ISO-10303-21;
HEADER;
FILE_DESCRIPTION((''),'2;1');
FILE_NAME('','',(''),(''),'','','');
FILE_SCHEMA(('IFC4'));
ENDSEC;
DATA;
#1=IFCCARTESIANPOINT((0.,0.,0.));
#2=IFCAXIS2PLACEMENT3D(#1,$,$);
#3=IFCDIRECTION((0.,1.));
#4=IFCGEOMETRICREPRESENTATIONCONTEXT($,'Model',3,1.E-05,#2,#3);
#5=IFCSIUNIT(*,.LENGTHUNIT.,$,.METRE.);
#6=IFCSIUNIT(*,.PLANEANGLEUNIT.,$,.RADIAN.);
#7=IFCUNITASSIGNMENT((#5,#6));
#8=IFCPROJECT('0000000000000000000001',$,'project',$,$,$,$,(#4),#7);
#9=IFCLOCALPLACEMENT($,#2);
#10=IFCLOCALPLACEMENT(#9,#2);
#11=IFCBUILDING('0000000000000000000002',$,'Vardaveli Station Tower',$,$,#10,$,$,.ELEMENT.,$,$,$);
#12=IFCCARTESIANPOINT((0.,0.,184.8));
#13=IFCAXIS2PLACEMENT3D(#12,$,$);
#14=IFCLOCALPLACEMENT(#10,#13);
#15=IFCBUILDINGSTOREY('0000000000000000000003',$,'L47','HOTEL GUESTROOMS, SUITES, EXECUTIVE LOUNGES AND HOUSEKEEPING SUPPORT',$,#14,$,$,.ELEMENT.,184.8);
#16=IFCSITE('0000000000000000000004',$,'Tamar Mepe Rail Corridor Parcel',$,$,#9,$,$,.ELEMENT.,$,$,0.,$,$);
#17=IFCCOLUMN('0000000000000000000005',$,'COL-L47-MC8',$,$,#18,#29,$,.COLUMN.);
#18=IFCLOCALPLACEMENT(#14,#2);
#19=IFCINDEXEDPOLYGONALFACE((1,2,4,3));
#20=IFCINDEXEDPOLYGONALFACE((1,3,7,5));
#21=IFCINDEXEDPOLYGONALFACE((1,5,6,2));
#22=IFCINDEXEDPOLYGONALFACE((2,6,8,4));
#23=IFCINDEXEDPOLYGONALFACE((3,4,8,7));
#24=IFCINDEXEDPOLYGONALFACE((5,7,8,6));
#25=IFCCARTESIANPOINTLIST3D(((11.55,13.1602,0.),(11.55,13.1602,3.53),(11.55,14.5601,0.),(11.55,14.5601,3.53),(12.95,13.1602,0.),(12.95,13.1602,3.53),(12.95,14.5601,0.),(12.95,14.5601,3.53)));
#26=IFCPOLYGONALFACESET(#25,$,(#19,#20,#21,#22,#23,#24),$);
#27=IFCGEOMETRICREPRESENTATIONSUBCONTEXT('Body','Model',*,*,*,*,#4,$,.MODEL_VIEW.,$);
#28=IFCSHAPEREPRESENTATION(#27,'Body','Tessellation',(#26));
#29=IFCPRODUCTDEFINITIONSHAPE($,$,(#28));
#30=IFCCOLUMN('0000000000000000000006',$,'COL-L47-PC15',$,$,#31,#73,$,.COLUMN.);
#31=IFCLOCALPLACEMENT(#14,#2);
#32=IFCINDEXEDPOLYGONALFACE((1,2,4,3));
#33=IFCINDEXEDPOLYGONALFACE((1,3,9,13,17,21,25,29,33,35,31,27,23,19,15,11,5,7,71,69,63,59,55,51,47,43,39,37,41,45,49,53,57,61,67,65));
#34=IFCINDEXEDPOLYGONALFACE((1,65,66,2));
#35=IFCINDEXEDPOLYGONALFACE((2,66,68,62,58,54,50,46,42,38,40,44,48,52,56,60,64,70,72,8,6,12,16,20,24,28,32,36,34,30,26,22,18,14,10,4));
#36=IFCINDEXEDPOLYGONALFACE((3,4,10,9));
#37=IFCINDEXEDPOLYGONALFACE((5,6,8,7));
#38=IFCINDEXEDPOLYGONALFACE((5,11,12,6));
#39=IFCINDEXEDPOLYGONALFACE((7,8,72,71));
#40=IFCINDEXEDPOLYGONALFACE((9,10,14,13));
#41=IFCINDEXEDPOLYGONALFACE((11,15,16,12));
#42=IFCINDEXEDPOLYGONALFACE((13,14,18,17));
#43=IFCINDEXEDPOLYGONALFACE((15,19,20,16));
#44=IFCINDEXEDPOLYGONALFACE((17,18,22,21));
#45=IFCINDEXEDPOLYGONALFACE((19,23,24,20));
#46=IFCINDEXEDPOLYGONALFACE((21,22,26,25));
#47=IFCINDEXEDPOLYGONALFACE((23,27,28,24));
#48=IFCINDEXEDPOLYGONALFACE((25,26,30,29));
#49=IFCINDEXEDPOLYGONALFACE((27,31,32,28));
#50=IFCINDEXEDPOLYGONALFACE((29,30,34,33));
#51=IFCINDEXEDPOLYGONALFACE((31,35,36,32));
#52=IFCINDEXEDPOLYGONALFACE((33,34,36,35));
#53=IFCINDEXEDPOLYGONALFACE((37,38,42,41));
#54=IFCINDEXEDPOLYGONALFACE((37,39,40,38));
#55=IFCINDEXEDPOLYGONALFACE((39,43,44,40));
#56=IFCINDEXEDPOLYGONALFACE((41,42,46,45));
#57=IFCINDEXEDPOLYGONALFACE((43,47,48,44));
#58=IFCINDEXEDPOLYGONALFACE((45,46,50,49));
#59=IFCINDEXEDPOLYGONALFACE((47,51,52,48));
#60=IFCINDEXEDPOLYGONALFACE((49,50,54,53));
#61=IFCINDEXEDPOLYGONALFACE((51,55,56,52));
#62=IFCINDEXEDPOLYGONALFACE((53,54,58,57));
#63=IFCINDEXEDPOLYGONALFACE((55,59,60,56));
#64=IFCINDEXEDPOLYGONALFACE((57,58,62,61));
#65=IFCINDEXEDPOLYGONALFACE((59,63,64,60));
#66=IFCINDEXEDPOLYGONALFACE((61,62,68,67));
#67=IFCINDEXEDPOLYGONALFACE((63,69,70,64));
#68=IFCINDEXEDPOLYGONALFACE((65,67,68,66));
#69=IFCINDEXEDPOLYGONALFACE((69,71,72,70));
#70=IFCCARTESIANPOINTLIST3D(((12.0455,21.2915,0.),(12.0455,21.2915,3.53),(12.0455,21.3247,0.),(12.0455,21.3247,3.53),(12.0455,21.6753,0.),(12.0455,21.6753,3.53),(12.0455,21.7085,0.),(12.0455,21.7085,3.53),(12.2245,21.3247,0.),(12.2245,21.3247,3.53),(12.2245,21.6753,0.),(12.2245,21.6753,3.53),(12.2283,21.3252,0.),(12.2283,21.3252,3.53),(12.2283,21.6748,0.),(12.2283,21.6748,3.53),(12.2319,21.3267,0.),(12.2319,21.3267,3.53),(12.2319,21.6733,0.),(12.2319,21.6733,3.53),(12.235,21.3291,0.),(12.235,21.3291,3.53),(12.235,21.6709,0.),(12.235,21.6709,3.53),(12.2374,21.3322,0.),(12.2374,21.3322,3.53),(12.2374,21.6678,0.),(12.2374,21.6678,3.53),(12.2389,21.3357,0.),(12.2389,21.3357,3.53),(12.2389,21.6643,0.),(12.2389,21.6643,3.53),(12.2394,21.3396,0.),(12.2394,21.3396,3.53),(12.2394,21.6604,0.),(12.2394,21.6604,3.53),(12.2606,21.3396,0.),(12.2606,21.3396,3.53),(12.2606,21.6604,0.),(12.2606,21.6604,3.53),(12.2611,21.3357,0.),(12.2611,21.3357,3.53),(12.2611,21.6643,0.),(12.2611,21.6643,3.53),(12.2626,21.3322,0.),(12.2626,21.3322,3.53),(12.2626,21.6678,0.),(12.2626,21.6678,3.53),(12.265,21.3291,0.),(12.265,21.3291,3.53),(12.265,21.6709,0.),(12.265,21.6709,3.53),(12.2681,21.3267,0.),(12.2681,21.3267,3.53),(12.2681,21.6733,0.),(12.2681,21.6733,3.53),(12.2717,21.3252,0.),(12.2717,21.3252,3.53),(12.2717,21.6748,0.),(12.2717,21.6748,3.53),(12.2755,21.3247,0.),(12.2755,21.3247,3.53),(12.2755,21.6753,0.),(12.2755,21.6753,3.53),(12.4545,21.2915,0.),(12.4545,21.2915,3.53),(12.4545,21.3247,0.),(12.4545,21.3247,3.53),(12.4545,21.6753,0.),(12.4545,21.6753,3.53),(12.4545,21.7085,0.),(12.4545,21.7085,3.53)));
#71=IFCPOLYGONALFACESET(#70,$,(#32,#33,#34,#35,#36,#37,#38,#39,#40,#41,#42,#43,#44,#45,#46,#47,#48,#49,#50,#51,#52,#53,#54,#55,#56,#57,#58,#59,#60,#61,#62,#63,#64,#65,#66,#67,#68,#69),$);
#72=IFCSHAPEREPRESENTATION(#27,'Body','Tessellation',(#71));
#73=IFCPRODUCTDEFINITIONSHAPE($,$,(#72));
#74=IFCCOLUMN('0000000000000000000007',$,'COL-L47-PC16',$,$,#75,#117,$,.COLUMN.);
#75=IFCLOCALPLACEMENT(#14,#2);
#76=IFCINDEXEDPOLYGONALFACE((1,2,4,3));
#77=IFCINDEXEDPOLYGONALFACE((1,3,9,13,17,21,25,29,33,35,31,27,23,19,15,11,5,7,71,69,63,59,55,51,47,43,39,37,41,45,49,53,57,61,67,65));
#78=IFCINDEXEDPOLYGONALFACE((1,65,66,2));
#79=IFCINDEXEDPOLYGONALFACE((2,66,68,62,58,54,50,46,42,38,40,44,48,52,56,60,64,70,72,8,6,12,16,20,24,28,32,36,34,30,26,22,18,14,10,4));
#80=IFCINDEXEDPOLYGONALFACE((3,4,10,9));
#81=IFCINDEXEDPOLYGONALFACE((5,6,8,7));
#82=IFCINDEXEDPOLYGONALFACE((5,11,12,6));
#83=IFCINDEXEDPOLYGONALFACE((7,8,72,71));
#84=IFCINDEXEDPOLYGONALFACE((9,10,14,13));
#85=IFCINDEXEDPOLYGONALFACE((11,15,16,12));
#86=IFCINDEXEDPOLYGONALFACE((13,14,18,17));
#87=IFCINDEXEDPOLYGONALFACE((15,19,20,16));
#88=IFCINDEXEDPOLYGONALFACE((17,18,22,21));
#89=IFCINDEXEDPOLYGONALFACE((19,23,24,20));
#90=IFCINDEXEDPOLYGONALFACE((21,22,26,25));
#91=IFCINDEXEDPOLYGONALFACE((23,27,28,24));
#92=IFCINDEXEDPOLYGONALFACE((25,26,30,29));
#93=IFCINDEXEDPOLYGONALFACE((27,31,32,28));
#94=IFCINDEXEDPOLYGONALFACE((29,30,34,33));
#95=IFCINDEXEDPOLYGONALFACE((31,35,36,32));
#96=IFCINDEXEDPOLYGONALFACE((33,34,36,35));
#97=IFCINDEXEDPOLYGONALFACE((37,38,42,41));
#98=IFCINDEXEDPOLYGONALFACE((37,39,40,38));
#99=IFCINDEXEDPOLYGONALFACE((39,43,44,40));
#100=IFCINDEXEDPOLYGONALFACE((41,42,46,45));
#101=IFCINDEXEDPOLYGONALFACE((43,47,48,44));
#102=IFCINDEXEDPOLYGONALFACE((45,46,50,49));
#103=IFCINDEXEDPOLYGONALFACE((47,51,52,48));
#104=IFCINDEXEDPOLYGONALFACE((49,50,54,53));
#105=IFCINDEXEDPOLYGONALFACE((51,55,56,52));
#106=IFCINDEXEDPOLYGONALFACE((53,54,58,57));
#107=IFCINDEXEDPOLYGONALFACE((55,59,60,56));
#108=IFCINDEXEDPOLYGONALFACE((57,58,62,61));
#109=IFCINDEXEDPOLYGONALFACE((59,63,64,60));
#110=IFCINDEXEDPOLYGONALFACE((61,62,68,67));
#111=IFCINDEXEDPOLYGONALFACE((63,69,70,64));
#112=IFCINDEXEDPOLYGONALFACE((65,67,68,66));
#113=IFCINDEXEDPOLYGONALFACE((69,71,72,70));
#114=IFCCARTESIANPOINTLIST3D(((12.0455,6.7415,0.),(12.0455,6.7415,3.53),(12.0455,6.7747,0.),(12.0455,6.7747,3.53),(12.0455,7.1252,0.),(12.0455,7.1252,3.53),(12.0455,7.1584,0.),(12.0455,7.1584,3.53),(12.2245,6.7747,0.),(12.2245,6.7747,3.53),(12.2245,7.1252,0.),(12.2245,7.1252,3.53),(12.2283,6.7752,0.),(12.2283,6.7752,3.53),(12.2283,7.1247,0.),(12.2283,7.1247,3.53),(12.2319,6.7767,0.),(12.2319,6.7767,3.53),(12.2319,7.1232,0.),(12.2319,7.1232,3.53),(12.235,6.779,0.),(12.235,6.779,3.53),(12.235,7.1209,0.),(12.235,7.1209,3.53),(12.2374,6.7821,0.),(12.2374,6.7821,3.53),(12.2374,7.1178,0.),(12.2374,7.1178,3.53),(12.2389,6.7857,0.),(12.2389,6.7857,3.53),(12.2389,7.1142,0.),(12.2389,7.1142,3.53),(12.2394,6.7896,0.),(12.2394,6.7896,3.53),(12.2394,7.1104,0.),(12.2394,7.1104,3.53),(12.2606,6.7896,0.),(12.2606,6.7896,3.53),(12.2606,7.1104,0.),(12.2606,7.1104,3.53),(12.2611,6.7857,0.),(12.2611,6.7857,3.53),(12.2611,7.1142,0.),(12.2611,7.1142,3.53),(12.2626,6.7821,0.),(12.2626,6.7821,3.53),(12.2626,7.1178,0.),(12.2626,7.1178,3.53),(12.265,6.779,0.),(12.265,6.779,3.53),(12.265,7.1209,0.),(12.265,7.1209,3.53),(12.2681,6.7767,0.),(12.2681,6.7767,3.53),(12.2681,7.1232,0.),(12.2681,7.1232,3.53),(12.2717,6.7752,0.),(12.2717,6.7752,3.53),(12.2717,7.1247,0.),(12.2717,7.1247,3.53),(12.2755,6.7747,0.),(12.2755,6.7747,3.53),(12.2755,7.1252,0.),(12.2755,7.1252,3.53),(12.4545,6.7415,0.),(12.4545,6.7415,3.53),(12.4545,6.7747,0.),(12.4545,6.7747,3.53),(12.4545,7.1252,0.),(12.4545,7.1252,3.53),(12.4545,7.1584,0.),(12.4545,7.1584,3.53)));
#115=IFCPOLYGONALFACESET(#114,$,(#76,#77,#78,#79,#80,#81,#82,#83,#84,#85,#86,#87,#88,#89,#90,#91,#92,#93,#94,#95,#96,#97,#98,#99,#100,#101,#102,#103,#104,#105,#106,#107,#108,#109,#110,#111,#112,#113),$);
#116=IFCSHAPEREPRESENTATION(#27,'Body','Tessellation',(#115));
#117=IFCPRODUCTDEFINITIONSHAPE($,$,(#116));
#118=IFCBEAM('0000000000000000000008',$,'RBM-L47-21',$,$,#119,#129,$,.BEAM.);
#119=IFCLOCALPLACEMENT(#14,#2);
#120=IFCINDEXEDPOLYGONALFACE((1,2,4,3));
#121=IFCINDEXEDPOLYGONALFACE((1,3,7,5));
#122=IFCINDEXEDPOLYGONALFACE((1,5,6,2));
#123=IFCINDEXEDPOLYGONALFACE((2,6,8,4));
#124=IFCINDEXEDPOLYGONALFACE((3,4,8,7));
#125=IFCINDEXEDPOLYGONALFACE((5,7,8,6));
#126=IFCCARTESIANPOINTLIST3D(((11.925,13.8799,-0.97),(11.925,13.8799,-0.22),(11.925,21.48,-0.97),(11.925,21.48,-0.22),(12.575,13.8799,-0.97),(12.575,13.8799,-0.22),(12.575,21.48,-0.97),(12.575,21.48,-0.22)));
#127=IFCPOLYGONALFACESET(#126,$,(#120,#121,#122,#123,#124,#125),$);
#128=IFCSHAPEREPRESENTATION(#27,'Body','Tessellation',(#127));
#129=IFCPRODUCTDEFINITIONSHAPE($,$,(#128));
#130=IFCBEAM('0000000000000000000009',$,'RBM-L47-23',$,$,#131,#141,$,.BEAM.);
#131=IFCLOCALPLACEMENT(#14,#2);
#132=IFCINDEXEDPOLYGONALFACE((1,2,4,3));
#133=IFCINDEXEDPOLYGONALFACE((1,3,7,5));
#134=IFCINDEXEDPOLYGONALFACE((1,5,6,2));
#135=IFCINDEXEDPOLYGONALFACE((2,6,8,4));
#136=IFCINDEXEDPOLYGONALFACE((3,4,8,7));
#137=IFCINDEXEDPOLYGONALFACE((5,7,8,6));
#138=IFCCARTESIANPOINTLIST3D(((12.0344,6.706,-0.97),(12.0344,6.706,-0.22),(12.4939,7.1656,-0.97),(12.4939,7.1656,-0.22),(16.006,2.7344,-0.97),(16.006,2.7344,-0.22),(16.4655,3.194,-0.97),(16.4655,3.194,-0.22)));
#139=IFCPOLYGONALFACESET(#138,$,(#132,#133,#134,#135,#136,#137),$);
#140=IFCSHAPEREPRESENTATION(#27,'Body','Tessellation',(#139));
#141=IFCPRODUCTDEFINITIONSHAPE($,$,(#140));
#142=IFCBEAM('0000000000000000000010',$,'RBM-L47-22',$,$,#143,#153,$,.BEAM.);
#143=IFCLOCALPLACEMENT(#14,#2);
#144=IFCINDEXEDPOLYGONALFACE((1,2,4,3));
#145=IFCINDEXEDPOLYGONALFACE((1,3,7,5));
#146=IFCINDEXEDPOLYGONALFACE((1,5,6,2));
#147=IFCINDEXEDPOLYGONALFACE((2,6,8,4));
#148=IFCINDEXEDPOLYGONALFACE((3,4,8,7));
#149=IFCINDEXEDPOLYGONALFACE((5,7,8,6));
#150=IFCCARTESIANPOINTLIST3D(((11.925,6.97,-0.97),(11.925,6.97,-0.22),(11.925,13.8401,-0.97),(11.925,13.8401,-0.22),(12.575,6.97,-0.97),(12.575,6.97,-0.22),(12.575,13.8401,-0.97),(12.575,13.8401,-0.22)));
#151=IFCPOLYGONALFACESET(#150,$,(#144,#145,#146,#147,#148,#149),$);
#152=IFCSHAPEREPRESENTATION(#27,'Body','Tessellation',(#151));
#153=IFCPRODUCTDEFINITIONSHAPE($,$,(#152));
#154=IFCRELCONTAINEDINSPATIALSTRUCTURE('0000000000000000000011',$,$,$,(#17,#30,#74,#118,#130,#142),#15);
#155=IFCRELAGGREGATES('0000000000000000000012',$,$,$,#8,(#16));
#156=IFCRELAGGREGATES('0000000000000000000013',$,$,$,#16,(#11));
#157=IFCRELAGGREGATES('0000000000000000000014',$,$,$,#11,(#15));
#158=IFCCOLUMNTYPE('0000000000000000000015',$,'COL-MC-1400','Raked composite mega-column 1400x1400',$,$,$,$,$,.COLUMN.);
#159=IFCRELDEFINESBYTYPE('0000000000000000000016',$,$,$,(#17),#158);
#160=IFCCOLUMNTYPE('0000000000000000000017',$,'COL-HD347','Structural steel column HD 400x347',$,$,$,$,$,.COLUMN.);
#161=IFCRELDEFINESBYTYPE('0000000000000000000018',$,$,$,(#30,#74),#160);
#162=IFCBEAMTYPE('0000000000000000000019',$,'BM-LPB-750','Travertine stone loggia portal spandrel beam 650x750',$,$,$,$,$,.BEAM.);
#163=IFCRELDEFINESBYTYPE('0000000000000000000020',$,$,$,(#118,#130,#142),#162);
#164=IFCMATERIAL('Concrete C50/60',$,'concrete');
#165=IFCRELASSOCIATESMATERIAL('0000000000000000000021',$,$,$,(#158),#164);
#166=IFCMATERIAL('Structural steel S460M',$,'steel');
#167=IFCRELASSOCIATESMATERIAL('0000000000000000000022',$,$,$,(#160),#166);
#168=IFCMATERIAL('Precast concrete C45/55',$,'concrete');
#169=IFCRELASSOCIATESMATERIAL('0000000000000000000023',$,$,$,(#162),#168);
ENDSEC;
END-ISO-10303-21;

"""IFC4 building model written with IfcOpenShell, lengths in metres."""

from ifc_helpers import new_model, si_unit, direction, frame, origin, origin_2d, place, context, subcontext, project, spatial, rectangle, i_section, extrude, source, transform, mapped, material, material_profile, profile_set, type_object, element, save


model = new_model("IFC4")

# Units and contexts
model_context = context("Model", 3, precision=1e-05, world=origin(), true_north=direction((0.0, 1.0)))
body_context = subcontext(model_context, "Body", "Model", "MODEL_VIEW")
ifc_project = project(units=[si_unit("LENGTHUNIT", "METRE"), si_unit("PLANEANGLEUNIT", "RADIAN")], contexts=[model_context])

# Site, building, storey
site_placement = place(None, origin())
site = spatial("IfcSite", under=ifc_project, at=site_placement, Name="Tamar Mepe Rail Corridor Parcel", CompositionType="ELEMENT", RefElevation=0.0)
building_placement = place(site_placement, origin())
building = spatial("IfcBuilding", under=site, at=building_placement, Name="Vardaveli Station Tower", CompositionType="ELEMENT")
storey_placement = place(building_placement, frame((0.0, 0.0, 184.8)))
storey = spatial("IfcBuildingStorey", under=building, at=storey_placement, Name="L47", Description="HOTEL GUESTROOMS, SUITES, EXECUTIVE LOUNGES AND HOUSEKEEPING SUPPORT", CompositionType="ELEMENT", Elevation=184.8)

# Columns
ifc_material_1 = material(Name="Concrete C50/60", Category="concrete")
ifc_material_profile_1 = material_profile(ifc_material_1, rectangle(XDim=1.3999, YDim=1.3999, at=origin_2d()), Name="MC 1400x1400")
ifc_profile_set_1 = profile_set([ifc_material_profile_1], Name="Concrete C50/60")
column_type_1 = type_object("IfcColumnType", Name="COL-MC-1400", Description="Raked composite mega-column 1400x1400", PredefinedType="COLUMN", material=ifc_profile_set_1)
shared_shape_1 = source(origin(), body_context, "Body", "SweptSolid", [
    extrude(rectangle(XDim=1.3999, YDim=1.3999, at=origin_2d()), origin(), (0.0, 0.0, 1.0), 3.53),
])
column_placement = place(storey_placement, frame((12.25, 13.8601, 0.0), z_axis=(0.0, 0.0, 1.0), x_axis=(1.0, 0.0, 0.0)))
element("IfcColumn", 1, at=column_placement, inside=storey, type_object=column_type_1, Name="COL-L47-MC8", PredefinedType="COLUMN", context=body_context, shape_type="MappedRepresentation", body=[
    mapped(shared_shape_1, transform((0.0, 0.0, 0.0), scale=1.0)),
])
ifc_material_2 = material(Name="Structural steel S460M", Category="steel")
ifc_material_profile_2 = material_profile(ifc_material_2, i_section(OverallWidth=0.4089, OverallDepth=0.417, WebThickness=0.0212, FlangeThickness=0.0332, FilletRadius=0.0149, at=origin_2d()), Name="HD 400x347")
ifc_profile_set_2 = profile_set([ifc_material_profile_2], Name="Structural steel S460M")
column_type_2 = type_object("IfcColumnType", Name="COL-HD347", Description="Structural steel column HD 400x347", PredefinedType="COLUMN", material=ifc_profile_set_2)
shared_shape_2 = source(origin(), body_context, "Body", "SweptSolid", [
    extrude(i_section(OverallWidth=0.4089, OverallDepth=0.417, WebThickness=0.0212, FlangeThickness=0.0332, FilletRadius=0.0149, at=origin_2d()), origin(), (0.0, 0.0, 1.0), 3.53),
])
for number, where, z_axis, x_axis, name in (
    (2, (12.25, 21.5, 0.0), (0.0, 0.0, 1.0), (1.0, 0.0, 0.0), "COL-L47-PC15"),
    (3, (12.25, 6.95, 0.0), (0.0, 0.0, 1.0), (1.0, 0.0, 0.0), "COL-L47-PC16"),
):
    element("IfcColumn", number, at=place(storey_placement, frame(where, z_axis=z_axis, x_axis=x_axis)), inside=storey, type_object=column_type_2, Name=name, PredefinedType="COLUMN", context=body_context, shape_type="MappedRepresentation", body=[
        mapped(shared_shape_2, transform((0.0, 0.0, 0.0), scale=1.0)),
    ])

# Beams
ifc_material_3 = material(Name="Precast concrete C45/55", Category="concrete")
ifc_material_profile_3 = material_profile(ifc_material_3, rectangle(XDim=0.6499, YDim=0.75, at=origin_2d()), Name="LPB 650x750")
ifc_profile_set_3 = profile_set([ifc_material_profile_3], Name="Precast concrete C45/55")
beam_type_1 = type_object("IfcBeamType", Name="BM-LPB-750", Description="Travertine stone loggia portal spandrel beam 650x750", PredefinedType="BEAM", material=ifc_profile_set_3)
shared_shape_3 = source(origin(), body_context, "Body", "SweptSolid", [
    extrude(rectangle(XDim=0.6499, YDim=0.75, at=origin_2d()), origin(), (0.0, 0.0, 1.0), 7.6001),
])
beam_1_placement = place(storey_placement, frame((12.25, 21.48, -0.595), z_axis=(0.0, -1.0, 0.0), x_axis=(1.0, 0.0, 0.0)))
element("IfcBeam", 4, at=beam_1_placement, inside=storey, type_object=beam_type_1, Name="RBM-L47-21", PredefinedType="BEAM", context=body_context, shape_type="MappedRepresentation", body=[
    mapped(shared_shape_3, transform((0.0, 0.0, 0.0), scale=1.0)),
])
shared_shape_4 = source(origin(), body_context, "Body", "SweptSolid", [
    extrude(rectangle(XDim=0.6499, YDim=0.75, at=origin_2d()), origin(), (0.0, 0.0, 1.0), 5.6167),
])
beam_2_placement = place(storey_placement, frame((12.2642, 6.9358, -0.595), z_axis=(0.707107, -0.707107, 0.0), x_axis=(0.707107, 0.707107, 0.0)))
element("IfcBeam", 5, at=beam_2_placement, inside=storey, type_object=beam_type_1, Name="RBM-L47-23", PredefinedType="BEAM", context=body_context, shape_type="MappedRepresentation", body=[
    mapped(shared_shape_4, transform((0.0, 0.0, 0.0), scale=1.0)),
])
shared_shape_5 = source(origin(), body_context, "Body", "SweptSolid", [
    extrude(rectangle(XDim=0.6499, YDim=0.75, at=origin_2d()), origin(), (0.0, 0.0, 1.0), 6.8701),
])
beam_3_placement = place(storey_placement, frame((12.25, 13.8401, -0.595), z_axis=(0.0, -1.0, 0.0), x_axis=(1.0, 0.0, 0.0)))
element("IfcBeam", 6, at=beam_3_placement, inside=storey, type_object=beam_type_1, Name="RBM-L47-22", PredefinedType="BEAM", context=body_context, shape_type="MappedRepresentation", body=[
    mapped(shared_shape_5, transform((0.0, 0.0, 0.0), scale=1.0)),
])

save(model, "model.ifc")
